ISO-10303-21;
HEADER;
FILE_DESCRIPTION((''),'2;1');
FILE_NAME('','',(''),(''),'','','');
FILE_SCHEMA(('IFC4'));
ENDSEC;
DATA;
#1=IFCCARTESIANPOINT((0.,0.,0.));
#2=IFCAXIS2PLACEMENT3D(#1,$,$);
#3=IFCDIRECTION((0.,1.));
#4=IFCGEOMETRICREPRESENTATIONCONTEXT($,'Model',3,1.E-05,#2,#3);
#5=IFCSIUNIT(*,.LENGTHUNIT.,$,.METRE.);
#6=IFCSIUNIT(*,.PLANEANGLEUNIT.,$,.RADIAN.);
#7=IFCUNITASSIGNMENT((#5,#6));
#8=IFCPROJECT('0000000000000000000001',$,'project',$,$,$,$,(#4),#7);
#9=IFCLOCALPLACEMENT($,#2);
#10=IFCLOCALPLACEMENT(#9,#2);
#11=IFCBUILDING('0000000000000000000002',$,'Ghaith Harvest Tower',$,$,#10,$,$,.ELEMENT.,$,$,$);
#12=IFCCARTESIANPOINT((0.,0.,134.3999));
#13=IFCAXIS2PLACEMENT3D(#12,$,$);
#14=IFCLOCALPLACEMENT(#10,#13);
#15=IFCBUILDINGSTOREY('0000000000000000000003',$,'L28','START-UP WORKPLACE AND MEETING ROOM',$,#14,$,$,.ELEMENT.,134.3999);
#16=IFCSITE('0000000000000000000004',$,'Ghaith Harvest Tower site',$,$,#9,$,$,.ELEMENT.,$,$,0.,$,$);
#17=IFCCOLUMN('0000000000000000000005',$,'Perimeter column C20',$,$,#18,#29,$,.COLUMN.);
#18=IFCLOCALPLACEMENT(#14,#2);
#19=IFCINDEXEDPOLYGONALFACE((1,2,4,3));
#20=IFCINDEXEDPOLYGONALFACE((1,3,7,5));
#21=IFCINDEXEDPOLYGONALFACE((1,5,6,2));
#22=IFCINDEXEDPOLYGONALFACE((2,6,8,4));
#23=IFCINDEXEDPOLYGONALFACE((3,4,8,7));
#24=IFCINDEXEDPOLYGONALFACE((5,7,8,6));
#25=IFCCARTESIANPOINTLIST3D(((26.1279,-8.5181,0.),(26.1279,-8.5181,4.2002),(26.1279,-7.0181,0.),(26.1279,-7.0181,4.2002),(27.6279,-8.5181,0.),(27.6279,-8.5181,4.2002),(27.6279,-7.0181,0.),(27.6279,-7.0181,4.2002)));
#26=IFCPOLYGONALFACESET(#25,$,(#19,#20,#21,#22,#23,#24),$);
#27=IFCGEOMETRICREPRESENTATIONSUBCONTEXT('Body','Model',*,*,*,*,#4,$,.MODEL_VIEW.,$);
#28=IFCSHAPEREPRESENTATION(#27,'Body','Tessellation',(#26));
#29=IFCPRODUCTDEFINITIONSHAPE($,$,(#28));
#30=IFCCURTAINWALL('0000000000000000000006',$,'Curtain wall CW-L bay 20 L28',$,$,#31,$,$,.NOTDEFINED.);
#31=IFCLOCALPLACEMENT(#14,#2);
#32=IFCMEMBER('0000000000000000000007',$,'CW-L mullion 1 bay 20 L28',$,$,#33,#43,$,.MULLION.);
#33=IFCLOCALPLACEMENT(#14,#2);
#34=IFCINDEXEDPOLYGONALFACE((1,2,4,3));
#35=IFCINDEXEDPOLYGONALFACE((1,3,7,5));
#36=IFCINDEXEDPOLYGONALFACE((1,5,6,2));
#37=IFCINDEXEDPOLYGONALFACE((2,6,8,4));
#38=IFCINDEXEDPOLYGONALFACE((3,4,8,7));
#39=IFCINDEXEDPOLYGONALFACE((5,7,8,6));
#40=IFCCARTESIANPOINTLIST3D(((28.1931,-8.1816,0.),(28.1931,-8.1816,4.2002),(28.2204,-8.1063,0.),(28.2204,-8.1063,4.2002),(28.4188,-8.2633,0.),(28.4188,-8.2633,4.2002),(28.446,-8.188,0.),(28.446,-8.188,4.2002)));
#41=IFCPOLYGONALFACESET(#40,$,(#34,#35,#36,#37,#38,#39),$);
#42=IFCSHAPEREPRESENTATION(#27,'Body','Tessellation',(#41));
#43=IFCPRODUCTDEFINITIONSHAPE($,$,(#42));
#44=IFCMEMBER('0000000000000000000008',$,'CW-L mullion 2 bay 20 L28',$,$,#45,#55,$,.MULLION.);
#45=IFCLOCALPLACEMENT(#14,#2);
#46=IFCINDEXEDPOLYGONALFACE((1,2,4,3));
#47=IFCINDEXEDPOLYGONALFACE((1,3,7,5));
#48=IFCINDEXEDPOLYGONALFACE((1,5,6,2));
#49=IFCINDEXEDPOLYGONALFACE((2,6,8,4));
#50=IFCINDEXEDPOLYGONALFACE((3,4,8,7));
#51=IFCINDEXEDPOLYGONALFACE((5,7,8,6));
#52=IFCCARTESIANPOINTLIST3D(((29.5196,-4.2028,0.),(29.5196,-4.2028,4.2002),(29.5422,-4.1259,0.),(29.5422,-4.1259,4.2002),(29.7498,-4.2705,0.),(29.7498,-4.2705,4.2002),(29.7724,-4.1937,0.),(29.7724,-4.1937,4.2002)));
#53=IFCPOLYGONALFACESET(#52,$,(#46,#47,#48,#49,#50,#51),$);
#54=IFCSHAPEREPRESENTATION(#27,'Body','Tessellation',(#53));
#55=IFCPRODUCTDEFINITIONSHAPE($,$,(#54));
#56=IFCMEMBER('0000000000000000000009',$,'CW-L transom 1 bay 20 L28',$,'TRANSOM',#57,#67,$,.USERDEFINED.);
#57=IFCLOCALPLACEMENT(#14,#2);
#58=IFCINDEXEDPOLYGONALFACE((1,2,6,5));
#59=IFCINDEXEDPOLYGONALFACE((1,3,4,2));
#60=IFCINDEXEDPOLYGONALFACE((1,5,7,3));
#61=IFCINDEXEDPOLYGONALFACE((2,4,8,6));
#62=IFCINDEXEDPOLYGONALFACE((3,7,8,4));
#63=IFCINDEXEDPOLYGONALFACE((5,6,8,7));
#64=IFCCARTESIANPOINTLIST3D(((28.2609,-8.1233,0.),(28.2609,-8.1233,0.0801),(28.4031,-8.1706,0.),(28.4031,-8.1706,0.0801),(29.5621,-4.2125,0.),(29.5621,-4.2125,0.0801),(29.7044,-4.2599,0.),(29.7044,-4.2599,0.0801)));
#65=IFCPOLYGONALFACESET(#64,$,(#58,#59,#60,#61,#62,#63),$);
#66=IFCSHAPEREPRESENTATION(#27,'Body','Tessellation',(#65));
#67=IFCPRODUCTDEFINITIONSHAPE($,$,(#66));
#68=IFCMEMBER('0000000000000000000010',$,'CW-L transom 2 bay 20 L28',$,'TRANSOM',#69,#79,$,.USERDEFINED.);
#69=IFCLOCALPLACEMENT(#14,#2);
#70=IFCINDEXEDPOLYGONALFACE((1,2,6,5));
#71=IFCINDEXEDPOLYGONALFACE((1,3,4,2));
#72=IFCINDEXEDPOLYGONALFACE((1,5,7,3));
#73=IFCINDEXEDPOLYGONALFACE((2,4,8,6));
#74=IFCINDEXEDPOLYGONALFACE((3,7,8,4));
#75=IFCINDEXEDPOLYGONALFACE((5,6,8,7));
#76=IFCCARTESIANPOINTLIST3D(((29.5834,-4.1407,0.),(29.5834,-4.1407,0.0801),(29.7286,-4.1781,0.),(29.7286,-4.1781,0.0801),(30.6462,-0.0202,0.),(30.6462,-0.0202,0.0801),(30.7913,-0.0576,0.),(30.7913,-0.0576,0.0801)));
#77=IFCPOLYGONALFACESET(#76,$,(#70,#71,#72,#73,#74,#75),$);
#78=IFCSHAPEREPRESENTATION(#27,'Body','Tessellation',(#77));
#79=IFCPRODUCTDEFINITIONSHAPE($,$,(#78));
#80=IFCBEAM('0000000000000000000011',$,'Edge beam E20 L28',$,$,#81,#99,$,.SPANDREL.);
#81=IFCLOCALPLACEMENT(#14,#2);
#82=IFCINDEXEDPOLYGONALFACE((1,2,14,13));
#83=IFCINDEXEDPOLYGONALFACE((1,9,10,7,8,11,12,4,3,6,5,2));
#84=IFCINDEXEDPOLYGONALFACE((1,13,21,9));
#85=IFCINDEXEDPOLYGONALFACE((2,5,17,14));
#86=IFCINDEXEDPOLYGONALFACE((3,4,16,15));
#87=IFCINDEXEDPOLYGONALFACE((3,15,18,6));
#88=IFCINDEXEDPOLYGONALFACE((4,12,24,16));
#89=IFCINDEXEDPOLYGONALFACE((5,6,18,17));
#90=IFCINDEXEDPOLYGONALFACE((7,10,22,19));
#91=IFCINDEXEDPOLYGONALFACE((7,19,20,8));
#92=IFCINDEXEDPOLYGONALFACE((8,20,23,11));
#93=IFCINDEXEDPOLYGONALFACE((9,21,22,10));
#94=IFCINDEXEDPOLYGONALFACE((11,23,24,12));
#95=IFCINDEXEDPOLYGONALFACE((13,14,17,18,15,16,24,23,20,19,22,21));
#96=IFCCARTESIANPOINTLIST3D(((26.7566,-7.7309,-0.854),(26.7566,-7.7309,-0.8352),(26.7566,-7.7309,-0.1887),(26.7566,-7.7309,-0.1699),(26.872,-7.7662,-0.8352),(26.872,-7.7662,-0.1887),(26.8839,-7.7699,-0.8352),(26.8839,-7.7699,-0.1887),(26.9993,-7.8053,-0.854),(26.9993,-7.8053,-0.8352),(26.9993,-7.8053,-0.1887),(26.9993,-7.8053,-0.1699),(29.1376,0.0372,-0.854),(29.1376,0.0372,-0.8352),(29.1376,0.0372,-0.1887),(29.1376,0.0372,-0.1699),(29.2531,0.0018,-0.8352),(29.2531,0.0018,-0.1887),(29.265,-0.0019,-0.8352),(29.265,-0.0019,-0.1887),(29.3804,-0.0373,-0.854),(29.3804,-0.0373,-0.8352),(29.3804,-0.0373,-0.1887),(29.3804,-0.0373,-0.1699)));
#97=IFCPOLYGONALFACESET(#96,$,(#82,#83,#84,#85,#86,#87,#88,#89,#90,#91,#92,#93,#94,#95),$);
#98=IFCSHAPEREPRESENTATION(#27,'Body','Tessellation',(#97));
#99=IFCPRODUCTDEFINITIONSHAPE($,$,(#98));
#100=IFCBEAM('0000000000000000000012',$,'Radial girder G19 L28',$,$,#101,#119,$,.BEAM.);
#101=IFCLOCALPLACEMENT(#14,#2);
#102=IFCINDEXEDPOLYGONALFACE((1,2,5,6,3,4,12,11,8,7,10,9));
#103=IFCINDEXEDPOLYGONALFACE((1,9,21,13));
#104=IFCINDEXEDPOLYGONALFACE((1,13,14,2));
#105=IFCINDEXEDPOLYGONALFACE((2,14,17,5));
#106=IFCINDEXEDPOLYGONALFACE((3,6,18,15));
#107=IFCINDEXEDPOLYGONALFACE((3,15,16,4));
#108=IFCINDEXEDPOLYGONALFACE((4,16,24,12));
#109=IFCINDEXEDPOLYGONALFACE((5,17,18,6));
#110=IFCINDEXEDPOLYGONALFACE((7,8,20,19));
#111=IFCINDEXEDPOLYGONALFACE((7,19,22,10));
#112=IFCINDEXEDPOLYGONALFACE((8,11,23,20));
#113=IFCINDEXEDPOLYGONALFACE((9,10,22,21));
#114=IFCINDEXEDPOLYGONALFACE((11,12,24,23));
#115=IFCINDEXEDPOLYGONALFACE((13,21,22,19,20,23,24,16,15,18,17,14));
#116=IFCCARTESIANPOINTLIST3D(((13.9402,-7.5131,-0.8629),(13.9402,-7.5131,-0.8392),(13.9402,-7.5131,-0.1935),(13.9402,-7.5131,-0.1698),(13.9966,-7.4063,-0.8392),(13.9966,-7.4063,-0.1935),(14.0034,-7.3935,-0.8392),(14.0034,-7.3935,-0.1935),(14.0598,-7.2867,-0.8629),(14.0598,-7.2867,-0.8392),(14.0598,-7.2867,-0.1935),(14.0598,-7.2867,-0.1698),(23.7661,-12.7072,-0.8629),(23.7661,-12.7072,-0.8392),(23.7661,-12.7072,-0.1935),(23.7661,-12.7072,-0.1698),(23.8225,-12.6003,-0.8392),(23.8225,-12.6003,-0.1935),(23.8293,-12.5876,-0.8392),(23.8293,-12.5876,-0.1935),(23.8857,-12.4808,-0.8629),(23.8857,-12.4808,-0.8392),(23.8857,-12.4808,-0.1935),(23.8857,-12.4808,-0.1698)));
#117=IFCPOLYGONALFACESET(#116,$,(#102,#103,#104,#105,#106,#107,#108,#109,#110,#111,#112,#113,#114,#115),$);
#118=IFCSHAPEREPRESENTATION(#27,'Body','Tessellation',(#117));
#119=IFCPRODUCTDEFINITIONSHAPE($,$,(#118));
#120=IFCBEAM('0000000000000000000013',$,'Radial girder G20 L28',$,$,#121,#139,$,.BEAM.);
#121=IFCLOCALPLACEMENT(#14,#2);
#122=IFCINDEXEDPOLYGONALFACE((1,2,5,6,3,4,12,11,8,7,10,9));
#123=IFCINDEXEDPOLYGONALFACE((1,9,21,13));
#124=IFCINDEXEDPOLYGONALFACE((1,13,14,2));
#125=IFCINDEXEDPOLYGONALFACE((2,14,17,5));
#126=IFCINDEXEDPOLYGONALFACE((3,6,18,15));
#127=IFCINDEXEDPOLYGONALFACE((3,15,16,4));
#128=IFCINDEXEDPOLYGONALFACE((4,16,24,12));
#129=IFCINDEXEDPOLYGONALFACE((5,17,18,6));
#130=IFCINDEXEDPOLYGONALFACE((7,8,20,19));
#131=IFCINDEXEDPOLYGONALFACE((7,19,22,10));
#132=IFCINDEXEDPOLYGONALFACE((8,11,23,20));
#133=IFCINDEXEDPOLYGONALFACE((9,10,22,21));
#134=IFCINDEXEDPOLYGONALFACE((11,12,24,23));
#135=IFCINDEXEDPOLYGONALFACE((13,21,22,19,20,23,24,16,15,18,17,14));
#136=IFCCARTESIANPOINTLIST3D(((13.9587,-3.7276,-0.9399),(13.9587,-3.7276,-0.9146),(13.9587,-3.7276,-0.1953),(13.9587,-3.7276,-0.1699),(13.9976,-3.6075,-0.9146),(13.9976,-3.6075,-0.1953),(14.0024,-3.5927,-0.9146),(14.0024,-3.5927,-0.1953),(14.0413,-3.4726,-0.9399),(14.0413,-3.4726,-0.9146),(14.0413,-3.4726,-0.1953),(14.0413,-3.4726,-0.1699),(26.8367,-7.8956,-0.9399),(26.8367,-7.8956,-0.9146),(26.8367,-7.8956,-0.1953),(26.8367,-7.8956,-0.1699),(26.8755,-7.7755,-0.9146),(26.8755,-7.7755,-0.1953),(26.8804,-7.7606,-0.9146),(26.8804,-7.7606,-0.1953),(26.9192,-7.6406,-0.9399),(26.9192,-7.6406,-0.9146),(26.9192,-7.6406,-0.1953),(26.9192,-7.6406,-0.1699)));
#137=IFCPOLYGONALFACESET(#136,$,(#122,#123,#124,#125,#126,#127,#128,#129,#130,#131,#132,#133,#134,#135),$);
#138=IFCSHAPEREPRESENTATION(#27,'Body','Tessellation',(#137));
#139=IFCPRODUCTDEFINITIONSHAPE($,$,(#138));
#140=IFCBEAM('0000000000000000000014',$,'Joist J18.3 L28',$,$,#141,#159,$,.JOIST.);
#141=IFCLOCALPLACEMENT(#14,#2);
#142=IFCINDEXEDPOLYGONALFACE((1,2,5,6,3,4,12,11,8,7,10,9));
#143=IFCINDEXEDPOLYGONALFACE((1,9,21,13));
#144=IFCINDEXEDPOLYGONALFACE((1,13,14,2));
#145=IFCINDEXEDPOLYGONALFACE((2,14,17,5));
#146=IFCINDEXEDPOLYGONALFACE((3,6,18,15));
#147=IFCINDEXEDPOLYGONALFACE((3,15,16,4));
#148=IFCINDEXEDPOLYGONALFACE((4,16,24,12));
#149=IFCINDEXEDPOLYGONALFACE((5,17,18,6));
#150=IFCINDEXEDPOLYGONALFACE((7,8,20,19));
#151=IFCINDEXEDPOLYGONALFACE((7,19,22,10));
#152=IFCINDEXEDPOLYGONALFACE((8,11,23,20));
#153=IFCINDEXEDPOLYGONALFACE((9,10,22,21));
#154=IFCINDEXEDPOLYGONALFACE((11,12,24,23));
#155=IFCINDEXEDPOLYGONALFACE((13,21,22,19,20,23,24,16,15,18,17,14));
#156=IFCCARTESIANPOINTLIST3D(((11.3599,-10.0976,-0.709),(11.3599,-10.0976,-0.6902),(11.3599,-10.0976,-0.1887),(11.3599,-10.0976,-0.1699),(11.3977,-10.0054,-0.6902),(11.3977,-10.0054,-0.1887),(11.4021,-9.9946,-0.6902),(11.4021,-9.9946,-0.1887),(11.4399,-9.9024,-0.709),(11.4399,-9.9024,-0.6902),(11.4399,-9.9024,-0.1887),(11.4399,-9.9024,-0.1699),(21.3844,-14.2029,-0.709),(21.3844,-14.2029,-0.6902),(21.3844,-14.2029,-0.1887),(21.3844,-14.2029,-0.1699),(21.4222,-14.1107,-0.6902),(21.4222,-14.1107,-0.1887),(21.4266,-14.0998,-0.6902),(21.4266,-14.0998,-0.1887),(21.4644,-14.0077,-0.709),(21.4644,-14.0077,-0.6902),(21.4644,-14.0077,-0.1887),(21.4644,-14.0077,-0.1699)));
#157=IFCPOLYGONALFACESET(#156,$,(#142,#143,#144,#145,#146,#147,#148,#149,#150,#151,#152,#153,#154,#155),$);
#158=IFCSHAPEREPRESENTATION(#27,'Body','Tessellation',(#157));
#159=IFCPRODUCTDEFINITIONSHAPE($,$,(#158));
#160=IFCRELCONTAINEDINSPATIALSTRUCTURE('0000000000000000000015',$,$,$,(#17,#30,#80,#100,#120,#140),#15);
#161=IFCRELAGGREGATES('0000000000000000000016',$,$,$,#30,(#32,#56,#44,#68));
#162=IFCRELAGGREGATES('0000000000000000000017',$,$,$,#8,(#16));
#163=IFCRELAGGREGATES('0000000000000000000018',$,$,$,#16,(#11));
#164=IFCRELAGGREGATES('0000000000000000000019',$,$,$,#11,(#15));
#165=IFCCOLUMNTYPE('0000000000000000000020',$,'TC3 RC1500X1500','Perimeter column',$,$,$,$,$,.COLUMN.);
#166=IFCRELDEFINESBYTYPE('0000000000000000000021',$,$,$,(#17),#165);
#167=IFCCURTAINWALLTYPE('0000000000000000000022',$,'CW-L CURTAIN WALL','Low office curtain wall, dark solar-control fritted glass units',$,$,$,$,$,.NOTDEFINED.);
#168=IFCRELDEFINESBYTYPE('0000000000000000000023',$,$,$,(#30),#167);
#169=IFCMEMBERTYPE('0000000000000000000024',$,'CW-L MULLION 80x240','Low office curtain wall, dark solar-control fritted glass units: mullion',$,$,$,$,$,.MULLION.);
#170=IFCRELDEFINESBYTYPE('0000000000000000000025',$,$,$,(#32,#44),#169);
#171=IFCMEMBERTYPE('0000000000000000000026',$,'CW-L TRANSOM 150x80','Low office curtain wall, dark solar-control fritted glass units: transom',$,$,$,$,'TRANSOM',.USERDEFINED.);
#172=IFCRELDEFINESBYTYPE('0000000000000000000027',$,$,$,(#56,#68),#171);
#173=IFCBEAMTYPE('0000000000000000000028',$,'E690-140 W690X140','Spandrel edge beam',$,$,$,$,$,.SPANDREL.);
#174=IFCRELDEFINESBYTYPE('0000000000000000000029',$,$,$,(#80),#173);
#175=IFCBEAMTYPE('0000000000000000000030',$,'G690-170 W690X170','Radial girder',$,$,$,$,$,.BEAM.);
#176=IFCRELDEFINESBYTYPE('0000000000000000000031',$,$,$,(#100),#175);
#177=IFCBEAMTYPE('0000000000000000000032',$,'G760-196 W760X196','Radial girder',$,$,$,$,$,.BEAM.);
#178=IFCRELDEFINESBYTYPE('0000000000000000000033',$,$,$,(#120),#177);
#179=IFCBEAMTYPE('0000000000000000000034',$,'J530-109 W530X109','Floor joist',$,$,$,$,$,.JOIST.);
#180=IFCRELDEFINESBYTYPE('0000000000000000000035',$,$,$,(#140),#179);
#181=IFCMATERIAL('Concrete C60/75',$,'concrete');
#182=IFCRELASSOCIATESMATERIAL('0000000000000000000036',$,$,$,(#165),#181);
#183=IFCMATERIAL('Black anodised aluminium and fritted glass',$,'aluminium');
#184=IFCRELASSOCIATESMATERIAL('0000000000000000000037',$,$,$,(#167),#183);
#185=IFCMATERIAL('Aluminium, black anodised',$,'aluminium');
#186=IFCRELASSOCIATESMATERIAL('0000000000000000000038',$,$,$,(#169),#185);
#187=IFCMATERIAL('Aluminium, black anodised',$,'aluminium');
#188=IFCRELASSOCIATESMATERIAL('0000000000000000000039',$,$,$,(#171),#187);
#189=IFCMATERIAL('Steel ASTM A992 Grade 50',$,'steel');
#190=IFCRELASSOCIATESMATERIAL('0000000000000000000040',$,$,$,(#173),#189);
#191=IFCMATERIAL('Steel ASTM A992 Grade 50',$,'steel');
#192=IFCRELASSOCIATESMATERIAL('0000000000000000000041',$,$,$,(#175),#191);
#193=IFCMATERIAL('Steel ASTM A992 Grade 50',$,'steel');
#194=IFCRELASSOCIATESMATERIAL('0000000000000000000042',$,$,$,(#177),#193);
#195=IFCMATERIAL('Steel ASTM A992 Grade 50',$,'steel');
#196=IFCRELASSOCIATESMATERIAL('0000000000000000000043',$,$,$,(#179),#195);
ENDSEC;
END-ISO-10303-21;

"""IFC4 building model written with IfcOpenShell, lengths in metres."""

from ifc_helpers import new_model, si_unit, direction, frame, origin, origin_2d, place, context, subcontext, project, spatial, rectangle, i_section, extrude, material, material_profile, profile_set, type_object, element, aggregate, save


model = new_model("IFC4")

# Units and contexts
model_context = context("Model", 3, precision=1e-05, world=origin(), true_north=direction((0.0, 1.0)))
body_context = subcontext(model_context, "Body", "Model", "MODEL_VIEW")
ifc_project = project(units=[si_unit("LENGTHUNIT", "METRE"), si_unit("PLANEANGLEUNIT", "RADIAN")], contexts=[model_context])

# Site, building, storey
site_placement = place(None, origin())
site = spatial("IfcSite", under=ifc_project, at=site_placement, Name="Ghaith Harvest Tower site", CompositionType="ELEMENT", RefElevation=0.0)
building_placement = place(site_placement, origin())
building = spatial("IfcBuilding", under=site, at=building_placement, Name="Ghaith Harvest Tower", CompositionType="ELEMENT")
storey_placement = place(building_placement, frame((0.0, 0.0, 134.3999)))
storey = spatial("IfcBuildingStorey", under=building, at=storey_placement, Name="L28", Description="START-UP WORKPLACE AND MEETING ROOM", CompositionType="ELEMENT", Elevation=134.3999)

# Column
ifc_material_1 = material(Name="Concrete C60/75", Category="concrete")
ifc_material_profile_1 = material_profile(ifc_material_1, rectangle(XDim=1.5, YDim=1.5, at=origin_2d()), Name="RC1500X1500")
ifc_profile_set_1 = profile_set([ifc_material_profile_1], Name="Concrete C60/75")
column_type = type_object("IfcColumnType", Name="TC3 RC1500X1500", Description="Perimeter column", PredefinedType="COLUMN", material=ifc_profile_set_1)
column_placement = place(storey_placement, frame((26.8779, -7.7681, 0.0), z_axis=(0.0, 0.0, 1.0), x_axis=(1.0, 0.0, 0.0)))
element("IfcColumn", 1, at=column_placement, inside=storey, type_object=column_type, Name="Perimeter column C20", PredefinedType="COLUMN", context=body_context, shape_type="SweptSolid", body=[
    extrude(rectangle(XDim=1.5, YDim=1.5, at=origin_2d()), origin(), (0.0, 0.0, 1.0), 4.2002),
])

# Curtain wall, members
ifc_material_2 = material(Name="Black anodised aluminium and fritted glass", Category="aluminium")
curtain_wall_type = type_object("IfcCurtainWallType", Name="CW-L CURTAIN WALL", Description="Low office curtain wall, dark solar-control fritted glass units", PredefinedType="NOTDEFINED", material=ifc_material_2)
curtain_wall_1_placement = place(storey_placement, origin())
curtain_wall_1 = element("IfcCurtainWall", 2, at=curtain_wall_1_placement, inside=storey, type_object=curtain_wall_type, Name="Curtain wall CW-L bay 20 L28", PredefinedType="NOTDEFINED")
ifc_material_3 = material(Name="Aluminium, black anodised", Category="aluminium")
ifc_material_profile_2 = material_profile(ifc_material_3, rectangle(XDim=0.0801, YDim=0.24, at=origin_2d()), Name="CW-L MULLION 80x240")
ifc_profile_set_2 = profile_set([ifc_material_profile_2], Name="Aluminium, black anodised")
member_type_1 = type_object("IfcMemberType", Name="CW-L MULLION 80x240", Description="Low office curtain wall, dark solar-control fritted glass units: mullion", PredefinedType="MULLION", material=ifc_profile_set_2)
member_1_placement = place(storey_placement, frame((28.3196, -8.1848, 0.0), z_axis=(0.0, 0.0, 1.0), x_axis=(0.340574, 0.940218, 0.0)))
member_1 = element("IfcMember", 3, at=member_1_placement, type_object=member_type_1, Name="CW-L mullion 1 bay 20 L28", PredefinedType="MULLION", context=body_context, shape_type="SweptSolid", body=[
    extrude(rectangle(XDim=0.0801, YDim=0.24, at=origin_2d()), origin(), (0.0, 0.0, 1.0), 4.2002),
])
member_2_placement = place(storey_placement, frame((29.646, -4.1982, 0.0), z_axis=(0.0, 0.0, 1.0), x_axis=(0.282375, 0.959304, 0.0)))
member_2 = element("IfcMember", 4, at=member_2_placement, type_object=member_type_1, Name="CW-L mullion 2 bay 20 L28", PredefinedType="MULLION", context=body_context, shape_type="SweptSolid", body=[
    extrude(rectangle(XDim=0.0801, YDim=0.24, at=origin_2d()), origin(), (0.0, 0.0, 1.0), 4.2002),
])
ifc_material_4 = material(Name="Aluminium, black anodised", Category="aluminium")
ifc_material_profile_3 = material_profile(ifc_material_4, rectangle(XDim=0.1499, YDim=0.0801, at=origin_2d()), Name="CW-L TRANSOM 150x80")
ifc_profile_set_3 = profile_set([ifc_material_profile_3], Name="Aluminium, black anodised")
member_type_2 = type_object("IfcMemberType", Name="CW-L TRANSOM 150x80", Description="Low office curtain wall, dark solar-control fritted glass units: transom", ElementType="TRANSOM", PredefinedType="USERDEFINED", material=ifc_profile_set_3)
member_3_placement = place(storey_placement, frame((28.332, -8.147, 0.04), z_axis=(0.315712, 0.948855, 0.0), x_axis=(-0.948855, 0.315712, 0.0)))
member_3 = element("IfcMember", 5, at=member_3_placement, type_object=member_type_2, Name="CW-L transom 1 bay 20 L28", ObjectType="TRANSOM", PredefinedType="USERDEFINED", context=body_context, shape_type="SweptSolid", body=[
    extrude(rectangle(XDim=0.1499, YDim=0.0801, at=origin_2d()), origin(), (0.0, 0.0, 1.0), 4.1216),
])
member_4_placement = place(storey_placement, frame((29.656, -4.1594, 0.04), z_axis=(0.249737, 0.968314, 0.0), x_axis=(-0.968314, 0.249737, 0.0)))
member_4 = element("IfcMember", 6, at=member_4_placement, type_object=member_type_2, Name="CW-L transom 2 bay 20 L28", ObjectType="TRANSOM", PredefinedType="USERDEFINED", context=body_context, shape_type="SweptSolid", body=[
    extrude(rectangle(XDim=0.1499, YDim=0.0801, at=origin_2d()), origin(), (0.0, 0.0, 1.0), 4.2554),
])

# Beams
ifc_material_5 = material(Name="Steel ASTM A992 Grade 50", Category="steel")
ifc_material_profile_4 = material_profile(ifc_material_5, i_section(OverallWidth=0.2539, OverallDepth=0.6841, WebThickness=0.0125, FlangeThickness=0.0188, at=origin_2d()), Name="W690X140")
ifc_profile_set_4 = profile_set([ifc_material_profile_4], Name="Steel ASTM A992 Grade 50")
beam_type_1 = type_object("IfcBeamType", Name="E690-140 W690X140", Description="Spandrel edge beam", PredefinedType="SPANDREL", material=ifc_profile_set_4)
beam_1_placement = place(storey_placement, frame((26.8779, -7.7681, -0.512), z_axis=(0.293066, 0.956092, 0.0), x_axis=(-0.956092, 0.293066, 0.0)))
element("IfcBeam", 7, at=beam_1_placement, inside=storey, type_object=beam_type_1, Name="Edge beam E20 L28", PredefinedType="SPANDREL", context=body_context, shape_type="SweptSolid", body=[
    extrude(i_section(OverallWidth=0.2539, OverallDepth=0.6841, WebThickness=0.0125, FlangeThickness=0.0188, at=origin_2d()), origin(), (0.0, 0.0, 1.0), 8.1248),
])
ifc_material_6 = material(Name="Steel ASTM A992 Grade 50", Category="steel")
ifc_material_profile_5 = material_profile(ifc_material_6, i_section(OverallWidth=0.2561, OverallDepth=0.6931, WebThickness=0.0144, FlangeThickness=0.0237, at=origin_2d()), Name="W690X170")
ifc_profile_set_5 = profile_set([ifc_material_profile_5], Name="Steel ASTM A992 Grade 50")
beam_type_2 = type_object("IfcBeamType", Name="G690-170 W690X170", Description="Radial girder", PredefinedType="BEAM", material=ifc_profile_set_5)
beam_2_placement = place(storey_placement, frame((14.0, -7.3999, -0.5164), z_axis=(0.884081, -0.467335, 0.0), x_axis=(0.467335, 0.884081, 0.0)))
element("IfcBeam", 8, at=beam_2_placement, inside=storey, type_object=beam_type_2, Name="Radial girder G19 L28", PredefinedType="BEAM", context=body_context, shape_type="SweptSolid", body=[
    extrude(i_section(OverallWidth=0.2561, OverallDepth=0.6931, WebThickness=0.0144, FlangeThickness=0.0237, at=origin_2d()), origin(), (0.0, 0.0, 1.0), 11.1143),
])
ifc_material_7 = material(Name="Steel ASTM A992 Grade 50", Category="steel")
ifc_material_profile_6 = material_profile(ifc_material_7, i_section(OverallWidth=0.2681, OverallDepth=0.77, WebThickness=0.0156, FlangeThickness=0.0254, at=origin_2d()), Name="W760X196")
ifc_profile_set_6 = profile_set([ifc_material_profile_6], Name="Steel ASTM A992 Grade 50")
beam_type_3 = type_object("IfcBeamType", Name="G760-196 W760X196", Description="Radial girder", PredefinedType="BEAM", material=ifc_profile_set_6)
beam_3_placement = place(storey_placement, frame((14.0, -3.6001, -0.5549), z_axis=(0.95141, -0.307926, 0.0), x_axis=(0.307926, 0.95141, 0.0)))
element("IfcBeam", 9, at=beam_3_placement, inside=storey, type_object=beam_type_3, Name="Radial girder G20 L28", PredefinedType="BEAM", context=body_context, shape_type="SweptSolid", body=[
    extrude(i_section(OverallWidth=0.2681, OverallDepth=0.77, WebThickness=0.0156, FlangeThickness=0.0254, at=origin_2d()), origin(), (0.0, 0.0, 1.0), 13.5356),
])
ifc_material_8 = material(Name="Steel ASTM A992 Grade 50", Category="steel")
ifc_material_profile_7 = material_profile(ifc_material_8, i_section(OverallWidth=0.2109, OverallDepth=0.5391, WebThickness=0.0117, FlangeThickness=0.0188, at=origin_2d()), Name="W530X109")
ifc_profile_set_7 = profile_set([ifc_material_profile_7], Name="Steel ASTM A992 Grade 50")
beam_type_4 = type_object("IfcBeamType", Name="J530-109 W530X109", Description="Floor joist", PredefinedType="JOIST", material=ifc_profile_set_7)
beam_4_placement = place(storey_placement, frame((11.3999, -10.0, -0.4395), z_axis=(0.925407, -0.378975, 0.0), x_axis=(0.378975, 0.925407, 0.0)))
element("IfcBeam", 10, at=beam_4_placement, inside=storey, type_object=beam_type_4, Name="Joist J18.3 L28", PredefinedType="JOIST", context=body_context, shape_type="SweptSolid", body=[
    extrude(i_section(OverallWidth=0.2109, OverallDepth=0.5391, WebThickness=0.0117, FlangeThickness=0.0188, at=origin_2d()), origin(), (0.0, 0.0, 1.0), 10.8325),
])

aggregate(curtain_wall_1, [member_1, member_3, member_2, member_4])

save(model, "model.ifc")
